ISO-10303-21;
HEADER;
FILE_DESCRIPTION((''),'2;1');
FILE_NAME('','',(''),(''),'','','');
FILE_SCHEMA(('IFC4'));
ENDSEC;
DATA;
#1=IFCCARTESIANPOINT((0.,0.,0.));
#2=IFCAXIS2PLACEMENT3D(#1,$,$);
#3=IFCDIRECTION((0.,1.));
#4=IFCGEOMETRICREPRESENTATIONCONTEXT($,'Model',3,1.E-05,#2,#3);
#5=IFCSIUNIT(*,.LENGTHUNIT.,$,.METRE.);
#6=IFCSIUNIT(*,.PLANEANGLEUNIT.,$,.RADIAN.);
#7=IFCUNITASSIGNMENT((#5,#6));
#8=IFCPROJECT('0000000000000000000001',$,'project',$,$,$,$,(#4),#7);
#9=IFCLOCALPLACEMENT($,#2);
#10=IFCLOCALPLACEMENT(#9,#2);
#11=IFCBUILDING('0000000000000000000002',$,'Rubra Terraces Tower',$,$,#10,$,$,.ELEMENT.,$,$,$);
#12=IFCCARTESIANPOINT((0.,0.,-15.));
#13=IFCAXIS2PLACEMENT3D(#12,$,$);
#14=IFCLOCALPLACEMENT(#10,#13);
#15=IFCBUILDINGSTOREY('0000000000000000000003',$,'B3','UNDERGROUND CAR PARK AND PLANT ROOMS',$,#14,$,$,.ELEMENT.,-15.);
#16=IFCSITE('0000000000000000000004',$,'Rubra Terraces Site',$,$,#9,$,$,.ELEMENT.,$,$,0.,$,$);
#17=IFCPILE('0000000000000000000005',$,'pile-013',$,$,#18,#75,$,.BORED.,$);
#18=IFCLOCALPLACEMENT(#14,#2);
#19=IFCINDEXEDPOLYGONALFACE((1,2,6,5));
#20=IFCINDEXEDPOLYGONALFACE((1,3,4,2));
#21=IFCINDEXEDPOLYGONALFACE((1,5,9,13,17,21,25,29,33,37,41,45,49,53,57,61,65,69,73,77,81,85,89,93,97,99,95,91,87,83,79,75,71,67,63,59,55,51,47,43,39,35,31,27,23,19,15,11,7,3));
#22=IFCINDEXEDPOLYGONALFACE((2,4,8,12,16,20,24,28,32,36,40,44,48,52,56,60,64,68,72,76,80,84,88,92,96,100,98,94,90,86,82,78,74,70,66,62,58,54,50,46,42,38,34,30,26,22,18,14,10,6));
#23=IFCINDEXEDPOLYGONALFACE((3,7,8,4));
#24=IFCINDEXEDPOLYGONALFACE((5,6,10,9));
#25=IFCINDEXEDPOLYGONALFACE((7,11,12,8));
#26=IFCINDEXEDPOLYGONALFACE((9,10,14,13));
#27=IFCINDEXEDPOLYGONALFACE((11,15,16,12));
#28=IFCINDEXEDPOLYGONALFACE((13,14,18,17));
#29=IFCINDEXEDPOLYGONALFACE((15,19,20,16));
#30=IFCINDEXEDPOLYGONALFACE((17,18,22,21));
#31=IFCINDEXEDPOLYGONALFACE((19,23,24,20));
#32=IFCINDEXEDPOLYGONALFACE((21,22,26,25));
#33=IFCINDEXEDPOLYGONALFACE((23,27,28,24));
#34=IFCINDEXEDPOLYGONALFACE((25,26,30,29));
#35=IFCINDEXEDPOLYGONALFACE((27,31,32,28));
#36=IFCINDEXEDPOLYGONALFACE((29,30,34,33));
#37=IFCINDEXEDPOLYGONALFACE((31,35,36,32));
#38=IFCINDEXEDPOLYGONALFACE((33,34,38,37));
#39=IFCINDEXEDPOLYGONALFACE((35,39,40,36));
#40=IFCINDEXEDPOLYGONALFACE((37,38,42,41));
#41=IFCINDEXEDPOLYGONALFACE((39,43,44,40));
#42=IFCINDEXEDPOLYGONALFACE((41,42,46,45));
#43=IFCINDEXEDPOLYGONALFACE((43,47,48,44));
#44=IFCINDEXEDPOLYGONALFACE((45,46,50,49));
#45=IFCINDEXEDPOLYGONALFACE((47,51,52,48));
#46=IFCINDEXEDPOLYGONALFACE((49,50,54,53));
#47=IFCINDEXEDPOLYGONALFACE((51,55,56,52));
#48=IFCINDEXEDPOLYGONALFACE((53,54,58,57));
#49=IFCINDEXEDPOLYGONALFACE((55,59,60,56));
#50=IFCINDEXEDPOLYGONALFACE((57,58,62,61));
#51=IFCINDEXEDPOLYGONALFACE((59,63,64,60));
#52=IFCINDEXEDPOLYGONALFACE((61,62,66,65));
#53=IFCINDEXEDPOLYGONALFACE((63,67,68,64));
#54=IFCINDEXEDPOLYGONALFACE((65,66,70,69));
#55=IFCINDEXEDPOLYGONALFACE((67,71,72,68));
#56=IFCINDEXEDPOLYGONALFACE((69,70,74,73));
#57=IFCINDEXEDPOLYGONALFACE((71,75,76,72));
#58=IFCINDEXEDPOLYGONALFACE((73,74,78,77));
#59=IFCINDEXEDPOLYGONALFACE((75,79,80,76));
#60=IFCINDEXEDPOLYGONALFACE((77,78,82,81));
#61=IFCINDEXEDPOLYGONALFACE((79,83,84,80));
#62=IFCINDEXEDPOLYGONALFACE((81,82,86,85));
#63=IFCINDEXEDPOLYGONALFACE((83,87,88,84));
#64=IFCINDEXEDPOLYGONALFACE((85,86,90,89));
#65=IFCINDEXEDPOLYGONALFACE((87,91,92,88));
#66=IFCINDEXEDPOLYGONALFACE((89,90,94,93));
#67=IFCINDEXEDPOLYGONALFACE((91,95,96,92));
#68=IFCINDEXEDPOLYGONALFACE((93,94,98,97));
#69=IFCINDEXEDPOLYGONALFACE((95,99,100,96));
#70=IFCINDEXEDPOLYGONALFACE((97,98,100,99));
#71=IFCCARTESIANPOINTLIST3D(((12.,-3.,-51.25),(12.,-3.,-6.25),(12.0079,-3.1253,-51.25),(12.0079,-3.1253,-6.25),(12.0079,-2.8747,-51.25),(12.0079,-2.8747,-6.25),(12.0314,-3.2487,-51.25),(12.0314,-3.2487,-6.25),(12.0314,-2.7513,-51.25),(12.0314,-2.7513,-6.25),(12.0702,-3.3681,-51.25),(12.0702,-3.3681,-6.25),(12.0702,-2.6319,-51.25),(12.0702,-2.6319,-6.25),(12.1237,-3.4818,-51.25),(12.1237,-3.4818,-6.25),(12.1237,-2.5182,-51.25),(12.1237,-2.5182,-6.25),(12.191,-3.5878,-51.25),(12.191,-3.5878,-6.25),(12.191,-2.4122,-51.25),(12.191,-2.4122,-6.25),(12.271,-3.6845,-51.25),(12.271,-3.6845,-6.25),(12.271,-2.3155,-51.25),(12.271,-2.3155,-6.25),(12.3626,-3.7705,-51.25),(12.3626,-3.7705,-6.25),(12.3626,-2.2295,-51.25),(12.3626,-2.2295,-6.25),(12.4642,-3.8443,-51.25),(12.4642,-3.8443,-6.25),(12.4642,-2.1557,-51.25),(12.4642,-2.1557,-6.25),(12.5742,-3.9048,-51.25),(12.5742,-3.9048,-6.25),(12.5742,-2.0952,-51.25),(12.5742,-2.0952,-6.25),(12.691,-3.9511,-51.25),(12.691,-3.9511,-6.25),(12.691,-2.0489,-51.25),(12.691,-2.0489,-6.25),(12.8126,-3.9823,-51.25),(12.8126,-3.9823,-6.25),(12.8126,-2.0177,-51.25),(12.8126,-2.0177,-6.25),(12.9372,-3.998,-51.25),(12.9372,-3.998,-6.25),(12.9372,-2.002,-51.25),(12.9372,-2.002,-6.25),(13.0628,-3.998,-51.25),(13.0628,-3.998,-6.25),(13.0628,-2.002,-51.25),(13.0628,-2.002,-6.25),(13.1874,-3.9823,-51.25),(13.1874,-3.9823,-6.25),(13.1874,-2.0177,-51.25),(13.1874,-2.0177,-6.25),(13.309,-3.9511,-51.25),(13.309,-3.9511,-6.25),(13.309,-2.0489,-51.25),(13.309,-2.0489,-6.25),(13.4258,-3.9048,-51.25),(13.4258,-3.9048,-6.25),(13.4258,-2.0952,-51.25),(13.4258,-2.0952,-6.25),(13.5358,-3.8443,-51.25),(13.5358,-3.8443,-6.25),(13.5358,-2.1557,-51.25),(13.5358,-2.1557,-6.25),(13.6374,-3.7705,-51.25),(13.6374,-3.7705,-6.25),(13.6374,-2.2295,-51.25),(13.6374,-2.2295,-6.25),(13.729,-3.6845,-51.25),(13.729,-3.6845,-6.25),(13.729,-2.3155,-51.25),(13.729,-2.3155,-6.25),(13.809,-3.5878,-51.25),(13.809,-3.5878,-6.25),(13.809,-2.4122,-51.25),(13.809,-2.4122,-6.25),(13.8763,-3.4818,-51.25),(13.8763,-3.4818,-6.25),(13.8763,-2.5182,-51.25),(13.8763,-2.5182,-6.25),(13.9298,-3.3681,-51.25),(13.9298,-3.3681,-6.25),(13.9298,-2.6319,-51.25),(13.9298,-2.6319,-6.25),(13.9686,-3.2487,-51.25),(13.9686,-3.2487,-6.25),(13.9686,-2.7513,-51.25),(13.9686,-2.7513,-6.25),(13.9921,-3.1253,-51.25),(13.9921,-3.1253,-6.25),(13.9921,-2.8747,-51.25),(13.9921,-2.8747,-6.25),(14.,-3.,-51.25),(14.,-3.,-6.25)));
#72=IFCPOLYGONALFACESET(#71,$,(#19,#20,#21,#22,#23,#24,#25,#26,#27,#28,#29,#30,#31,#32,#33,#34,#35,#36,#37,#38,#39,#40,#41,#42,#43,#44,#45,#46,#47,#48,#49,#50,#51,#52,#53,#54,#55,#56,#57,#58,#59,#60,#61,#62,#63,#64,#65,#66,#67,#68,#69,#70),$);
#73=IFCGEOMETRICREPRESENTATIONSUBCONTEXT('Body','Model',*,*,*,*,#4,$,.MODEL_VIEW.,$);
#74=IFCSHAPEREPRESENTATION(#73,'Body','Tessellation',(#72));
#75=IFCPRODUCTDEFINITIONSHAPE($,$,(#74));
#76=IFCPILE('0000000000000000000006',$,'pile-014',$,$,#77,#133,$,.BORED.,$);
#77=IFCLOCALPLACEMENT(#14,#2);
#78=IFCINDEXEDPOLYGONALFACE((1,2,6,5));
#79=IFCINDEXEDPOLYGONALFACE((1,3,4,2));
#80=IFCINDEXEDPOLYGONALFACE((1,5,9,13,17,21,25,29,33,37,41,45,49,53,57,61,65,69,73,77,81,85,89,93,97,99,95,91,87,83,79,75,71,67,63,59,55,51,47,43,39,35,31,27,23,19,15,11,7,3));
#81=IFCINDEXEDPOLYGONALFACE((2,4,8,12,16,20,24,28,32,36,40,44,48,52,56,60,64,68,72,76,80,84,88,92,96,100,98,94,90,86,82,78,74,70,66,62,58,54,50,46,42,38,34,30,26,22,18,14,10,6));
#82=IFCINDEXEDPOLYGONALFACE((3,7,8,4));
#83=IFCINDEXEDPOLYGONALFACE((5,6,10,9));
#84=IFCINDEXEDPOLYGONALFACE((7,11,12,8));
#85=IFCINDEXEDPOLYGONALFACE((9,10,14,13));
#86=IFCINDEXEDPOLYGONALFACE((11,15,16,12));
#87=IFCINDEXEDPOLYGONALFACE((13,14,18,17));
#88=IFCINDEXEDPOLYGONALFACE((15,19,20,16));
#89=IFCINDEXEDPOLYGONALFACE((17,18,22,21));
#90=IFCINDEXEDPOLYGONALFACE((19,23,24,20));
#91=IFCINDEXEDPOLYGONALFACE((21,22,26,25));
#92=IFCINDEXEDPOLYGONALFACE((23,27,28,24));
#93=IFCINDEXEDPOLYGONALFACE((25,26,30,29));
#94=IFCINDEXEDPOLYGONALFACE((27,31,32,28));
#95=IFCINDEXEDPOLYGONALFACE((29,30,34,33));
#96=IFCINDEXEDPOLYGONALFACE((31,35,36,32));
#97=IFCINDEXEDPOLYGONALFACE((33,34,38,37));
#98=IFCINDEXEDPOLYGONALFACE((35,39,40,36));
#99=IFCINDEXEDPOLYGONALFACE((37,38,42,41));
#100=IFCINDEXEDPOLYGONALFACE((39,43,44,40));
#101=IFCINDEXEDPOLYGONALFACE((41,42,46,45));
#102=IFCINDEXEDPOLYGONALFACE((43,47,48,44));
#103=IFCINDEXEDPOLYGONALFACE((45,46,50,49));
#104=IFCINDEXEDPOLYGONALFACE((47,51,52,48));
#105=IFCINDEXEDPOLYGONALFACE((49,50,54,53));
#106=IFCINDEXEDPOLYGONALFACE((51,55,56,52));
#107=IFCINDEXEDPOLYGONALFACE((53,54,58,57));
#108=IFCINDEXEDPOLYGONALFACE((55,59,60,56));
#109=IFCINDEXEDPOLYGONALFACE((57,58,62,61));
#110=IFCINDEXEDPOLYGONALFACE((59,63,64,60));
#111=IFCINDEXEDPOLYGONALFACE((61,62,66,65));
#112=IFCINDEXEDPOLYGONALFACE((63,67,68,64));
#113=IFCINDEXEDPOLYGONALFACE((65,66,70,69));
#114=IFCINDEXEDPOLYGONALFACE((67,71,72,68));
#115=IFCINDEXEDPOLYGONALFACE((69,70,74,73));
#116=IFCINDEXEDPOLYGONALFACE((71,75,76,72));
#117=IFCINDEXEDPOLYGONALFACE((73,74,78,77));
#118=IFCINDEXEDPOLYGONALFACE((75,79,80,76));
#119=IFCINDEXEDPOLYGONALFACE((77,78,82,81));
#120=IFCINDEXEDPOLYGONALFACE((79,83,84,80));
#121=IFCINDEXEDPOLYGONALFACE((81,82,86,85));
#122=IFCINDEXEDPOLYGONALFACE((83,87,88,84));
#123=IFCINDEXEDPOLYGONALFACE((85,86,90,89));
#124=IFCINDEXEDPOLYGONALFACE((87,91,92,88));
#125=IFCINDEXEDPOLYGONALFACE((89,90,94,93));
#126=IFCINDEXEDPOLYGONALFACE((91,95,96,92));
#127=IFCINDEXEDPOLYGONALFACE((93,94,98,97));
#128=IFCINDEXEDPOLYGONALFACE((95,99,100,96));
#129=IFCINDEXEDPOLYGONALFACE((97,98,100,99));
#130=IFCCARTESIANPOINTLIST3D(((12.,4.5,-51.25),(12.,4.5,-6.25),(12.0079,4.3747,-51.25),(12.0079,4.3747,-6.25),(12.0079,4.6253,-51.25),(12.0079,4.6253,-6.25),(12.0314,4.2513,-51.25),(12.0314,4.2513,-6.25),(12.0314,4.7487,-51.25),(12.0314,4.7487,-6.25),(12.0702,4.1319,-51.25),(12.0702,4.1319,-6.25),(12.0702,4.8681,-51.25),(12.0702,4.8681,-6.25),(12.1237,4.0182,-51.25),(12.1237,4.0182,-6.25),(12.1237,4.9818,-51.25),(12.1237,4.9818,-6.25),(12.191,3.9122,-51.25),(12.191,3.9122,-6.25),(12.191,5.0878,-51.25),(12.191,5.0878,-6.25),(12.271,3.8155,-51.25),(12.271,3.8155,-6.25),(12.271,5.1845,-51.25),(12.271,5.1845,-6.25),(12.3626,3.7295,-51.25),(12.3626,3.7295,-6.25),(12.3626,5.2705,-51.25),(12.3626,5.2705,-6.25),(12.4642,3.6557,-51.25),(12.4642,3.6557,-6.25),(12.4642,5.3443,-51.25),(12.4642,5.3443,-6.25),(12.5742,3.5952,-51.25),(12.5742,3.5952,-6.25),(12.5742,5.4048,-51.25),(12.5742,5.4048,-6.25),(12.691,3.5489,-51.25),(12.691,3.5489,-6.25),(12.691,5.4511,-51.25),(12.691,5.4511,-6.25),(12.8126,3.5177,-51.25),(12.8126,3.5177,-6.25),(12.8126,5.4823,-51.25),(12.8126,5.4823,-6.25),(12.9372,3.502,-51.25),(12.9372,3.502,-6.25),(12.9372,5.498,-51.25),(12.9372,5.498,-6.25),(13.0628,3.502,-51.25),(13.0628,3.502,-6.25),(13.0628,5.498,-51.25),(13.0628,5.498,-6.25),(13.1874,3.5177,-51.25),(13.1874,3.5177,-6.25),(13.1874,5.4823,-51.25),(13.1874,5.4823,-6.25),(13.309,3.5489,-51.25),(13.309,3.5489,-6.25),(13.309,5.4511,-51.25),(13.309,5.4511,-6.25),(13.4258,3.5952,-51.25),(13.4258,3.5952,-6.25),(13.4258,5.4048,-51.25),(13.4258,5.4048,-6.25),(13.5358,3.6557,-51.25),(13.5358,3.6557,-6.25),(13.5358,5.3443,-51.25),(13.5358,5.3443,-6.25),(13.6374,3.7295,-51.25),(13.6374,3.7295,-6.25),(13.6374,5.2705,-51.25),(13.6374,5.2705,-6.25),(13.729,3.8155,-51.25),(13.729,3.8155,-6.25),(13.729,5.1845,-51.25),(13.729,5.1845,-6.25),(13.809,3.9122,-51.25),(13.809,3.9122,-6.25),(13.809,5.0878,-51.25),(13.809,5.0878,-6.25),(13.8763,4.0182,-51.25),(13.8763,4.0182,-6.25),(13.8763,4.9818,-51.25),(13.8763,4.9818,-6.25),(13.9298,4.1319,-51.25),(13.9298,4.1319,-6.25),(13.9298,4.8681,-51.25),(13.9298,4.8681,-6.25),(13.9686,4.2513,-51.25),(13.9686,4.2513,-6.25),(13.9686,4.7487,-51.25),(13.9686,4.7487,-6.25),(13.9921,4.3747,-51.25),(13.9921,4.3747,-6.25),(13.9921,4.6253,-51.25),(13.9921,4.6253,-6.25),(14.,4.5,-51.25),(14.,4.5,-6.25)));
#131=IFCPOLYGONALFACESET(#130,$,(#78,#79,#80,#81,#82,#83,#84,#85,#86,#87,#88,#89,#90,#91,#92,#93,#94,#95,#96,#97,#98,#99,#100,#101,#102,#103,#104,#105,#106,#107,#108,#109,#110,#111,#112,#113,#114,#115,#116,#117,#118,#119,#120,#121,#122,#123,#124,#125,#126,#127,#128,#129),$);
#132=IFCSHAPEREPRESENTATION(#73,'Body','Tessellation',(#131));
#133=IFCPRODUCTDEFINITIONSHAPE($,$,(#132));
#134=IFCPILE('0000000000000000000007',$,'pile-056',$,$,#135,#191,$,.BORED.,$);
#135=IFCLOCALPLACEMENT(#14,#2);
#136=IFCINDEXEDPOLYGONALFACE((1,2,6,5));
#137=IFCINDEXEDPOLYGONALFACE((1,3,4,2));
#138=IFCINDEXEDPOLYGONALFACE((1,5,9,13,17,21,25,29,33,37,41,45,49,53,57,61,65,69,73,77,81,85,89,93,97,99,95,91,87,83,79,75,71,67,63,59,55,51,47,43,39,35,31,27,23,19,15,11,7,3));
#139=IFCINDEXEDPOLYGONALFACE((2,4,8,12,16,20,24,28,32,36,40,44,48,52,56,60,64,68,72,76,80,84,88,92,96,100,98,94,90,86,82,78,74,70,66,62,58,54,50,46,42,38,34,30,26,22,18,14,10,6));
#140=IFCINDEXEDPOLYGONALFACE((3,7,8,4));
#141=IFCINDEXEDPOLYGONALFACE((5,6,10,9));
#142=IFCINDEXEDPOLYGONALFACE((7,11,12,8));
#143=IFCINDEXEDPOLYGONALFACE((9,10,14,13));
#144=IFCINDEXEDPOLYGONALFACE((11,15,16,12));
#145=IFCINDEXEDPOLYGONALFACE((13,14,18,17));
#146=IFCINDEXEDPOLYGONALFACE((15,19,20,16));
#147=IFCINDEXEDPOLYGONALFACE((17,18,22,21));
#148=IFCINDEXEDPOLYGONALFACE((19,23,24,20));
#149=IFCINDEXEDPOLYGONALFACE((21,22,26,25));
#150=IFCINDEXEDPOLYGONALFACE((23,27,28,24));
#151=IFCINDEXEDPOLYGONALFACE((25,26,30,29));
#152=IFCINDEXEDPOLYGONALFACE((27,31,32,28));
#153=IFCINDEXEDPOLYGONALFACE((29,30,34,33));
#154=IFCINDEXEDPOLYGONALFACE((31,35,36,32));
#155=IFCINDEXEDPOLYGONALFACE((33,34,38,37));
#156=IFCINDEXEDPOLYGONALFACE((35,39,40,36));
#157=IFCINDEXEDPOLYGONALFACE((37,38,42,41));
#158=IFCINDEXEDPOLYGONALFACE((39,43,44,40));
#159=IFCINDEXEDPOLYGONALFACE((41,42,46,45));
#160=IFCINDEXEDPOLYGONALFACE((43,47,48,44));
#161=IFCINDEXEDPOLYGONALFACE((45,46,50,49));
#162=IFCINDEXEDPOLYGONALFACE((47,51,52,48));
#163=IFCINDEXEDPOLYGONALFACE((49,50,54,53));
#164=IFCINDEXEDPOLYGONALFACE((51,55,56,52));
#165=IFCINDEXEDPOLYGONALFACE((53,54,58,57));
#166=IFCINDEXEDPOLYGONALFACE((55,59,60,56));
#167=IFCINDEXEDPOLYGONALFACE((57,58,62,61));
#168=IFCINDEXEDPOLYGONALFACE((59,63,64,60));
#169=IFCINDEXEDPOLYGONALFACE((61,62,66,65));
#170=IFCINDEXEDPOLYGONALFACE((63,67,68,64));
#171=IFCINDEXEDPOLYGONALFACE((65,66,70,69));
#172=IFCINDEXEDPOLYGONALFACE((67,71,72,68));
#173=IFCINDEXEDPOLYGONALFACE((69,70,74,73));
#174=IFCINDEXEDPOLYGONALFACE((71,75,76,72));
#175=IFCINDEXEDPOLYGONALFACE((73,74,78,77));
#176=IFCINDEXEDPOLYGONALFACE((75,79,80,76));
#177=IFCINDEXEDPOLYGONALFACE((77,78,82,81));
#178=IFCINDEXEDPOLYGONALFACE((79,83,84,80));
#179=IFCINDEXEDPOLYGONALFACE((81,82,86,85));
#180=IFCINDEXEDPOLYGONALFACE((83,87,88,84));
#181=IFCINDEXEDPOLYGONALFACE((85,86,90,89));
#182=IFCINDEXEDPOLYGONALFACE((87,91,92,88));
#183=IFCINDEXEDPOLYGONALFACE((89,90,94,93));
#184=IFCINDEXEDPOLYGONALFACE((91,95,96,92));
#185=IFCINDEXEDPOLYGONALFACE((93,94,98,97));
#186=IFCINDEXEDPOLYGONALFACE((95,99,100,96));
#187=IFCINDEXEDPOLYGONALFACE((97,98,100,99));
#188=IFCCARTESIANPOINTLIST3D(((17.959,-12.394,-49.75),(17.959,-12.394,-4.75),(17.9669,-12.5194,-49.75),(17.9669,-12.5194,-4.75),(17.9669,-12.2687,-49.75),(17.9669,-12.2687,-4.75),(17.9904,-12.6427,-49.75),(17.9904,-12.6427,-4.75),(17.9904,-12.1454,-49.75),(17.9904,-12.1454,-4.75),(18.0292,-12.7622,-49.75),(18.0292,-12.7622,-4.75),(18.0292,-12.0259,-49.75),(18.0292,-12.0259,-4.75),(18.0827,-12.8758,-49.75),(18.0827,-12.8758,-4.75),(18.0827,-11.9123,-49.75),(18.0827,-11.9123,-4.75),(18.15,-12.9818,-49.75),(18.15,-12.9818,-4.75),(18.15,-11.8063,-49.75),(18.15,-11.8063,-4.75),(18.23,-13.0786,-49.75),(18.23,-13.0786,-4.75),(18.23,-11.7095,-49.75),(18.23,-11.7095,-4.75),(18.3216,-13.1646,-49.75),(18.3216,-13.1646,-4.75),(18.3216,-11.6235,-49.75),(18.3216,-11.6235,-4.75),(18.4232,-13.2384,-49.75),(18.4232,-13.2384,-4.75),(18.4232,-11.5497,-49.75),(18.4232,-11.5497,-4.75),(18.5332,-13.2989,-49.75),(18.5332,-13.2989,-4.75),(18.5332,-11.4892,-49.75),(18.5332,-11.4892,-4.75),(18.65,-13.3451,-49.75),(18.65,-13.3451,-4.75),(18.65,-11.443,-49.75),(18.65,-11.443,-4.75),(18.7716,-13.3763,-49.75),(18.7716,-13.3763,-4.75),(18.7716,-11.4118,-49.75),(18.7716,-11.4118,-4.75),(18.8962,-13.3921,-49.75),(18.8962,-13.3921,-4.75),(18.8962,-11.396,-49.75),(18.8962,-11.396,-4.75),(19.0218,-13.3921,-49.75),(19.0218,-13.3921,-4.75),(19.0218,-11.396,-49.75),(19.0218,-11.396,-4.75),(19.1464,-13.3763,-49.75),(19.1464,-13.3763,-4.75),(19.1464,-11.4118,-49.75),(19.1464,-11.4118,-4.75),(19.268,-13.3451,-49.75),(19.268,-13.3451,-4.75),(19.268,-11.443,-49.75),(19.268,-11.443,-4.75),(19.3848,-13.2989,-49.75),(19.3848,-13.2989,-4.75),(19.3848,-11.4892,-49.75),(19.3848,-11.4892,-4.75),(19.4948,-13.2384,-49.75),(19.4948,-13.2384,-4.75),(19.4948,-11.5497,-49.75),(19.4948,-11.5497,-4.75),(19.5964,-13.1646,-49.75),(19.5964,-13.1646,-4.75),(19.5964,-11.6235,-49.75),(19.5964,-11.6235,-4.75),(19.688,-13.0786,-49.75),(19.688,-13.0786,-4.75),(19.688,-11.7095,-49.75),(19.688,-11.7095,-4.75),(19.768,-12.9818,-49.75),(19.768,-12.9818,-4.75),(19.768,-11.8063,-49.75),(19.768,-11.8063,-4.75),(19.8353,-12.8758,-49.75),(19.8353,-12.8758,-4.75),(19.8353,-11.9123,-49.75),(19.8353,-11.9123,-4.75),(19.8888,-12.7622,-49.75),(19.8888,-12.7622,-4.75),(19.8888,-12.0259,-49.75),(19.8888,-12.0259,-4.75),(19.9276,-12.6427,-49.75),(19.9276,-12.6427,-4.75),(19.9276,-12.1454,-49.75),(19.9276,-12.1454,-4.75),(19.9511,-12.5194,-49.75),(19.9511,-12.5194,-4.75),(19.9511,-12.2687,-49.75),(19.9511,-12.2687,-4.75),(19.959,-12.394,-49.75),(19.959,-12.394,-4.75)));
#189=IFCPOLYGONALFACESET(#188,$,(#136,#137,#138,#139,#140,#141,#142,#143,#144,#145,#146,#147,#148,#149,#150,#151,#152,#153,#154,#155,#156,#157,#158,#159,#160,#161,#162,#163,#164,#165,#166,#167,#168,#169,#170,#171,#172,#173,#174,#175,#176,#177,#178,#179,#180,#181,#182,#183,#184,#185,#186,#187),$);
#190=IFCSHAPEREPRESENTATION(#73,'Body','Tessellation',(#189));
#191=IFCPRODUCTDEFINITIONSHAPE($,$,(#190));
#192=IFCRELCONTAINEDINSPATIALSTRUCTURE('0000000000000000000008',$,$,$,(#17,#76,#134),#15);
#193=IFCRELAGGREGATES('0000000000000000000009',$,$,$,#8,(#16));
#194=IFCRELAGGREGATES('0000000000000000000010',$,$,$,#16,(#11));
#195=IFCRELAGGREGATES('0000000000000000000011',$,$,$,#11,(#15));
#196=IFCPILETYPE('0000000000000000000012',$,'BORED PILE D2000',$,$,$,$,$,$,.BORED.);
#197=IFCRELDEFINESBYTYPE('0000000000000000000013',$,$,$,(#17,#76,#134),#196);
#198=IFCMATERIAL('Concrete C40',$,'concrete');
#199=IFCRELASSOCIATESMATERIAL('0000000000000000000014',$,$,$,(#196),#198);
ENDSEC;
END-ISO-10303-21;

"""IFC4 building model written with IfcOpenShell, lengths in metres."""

from ifc_helpers import new_model, si_unit, direction, frame, origin, origin_2d, place, context, subcontext, project, spatial, circle, extrude, material, material_profile, profile_set, type_object, element, save


model = new_model("IFC4")

# Units and contexts
model_context = context("Model", 3, precision=1e-05, world=origin(), true_north=direction((0.0, 1.0)))
body_context = subcontext(model_context, "Body", "Model", "MODEL_VIEW")
ifc_project = project(units=[si_unit("LENGTHUNIT", "METRE"), si_unit("PLANEANGLEUNIT", "RADIAN")], contexts=[model_context])

# Site, building, storey
site_placement = place(None, origin())
site = spatial("IfcSite", under=ifc_project, at=site_placement, Name="Rubra Terraces Site", CompositionType="ELEMENT", RefElevation=0.0)
building_placement = place(site_placement, origin())
building = spatial("IfcBuilding", under=site, at=building_placement, Name="Rubra Terraces Tower", CompositionType="ELEMENT")
storey_placement = place(building_placement, frame((0.0, 0.0, -15.0)))
storey = spatial("IfcBuildingStorey", under=building, at=storey_placement, Name="B3", Description="UNDERGROUND CAR PARK AND PLANT ROOMS", CompositionType="ELEMENT", Elevation=-15.0)

# Piles
ifc_material_1 = material(Name="Concrete C40", Category="concrete")
ifc_material_profile_1 = material_profile(ifc_material_1, circle(Radius=1.0, at=origin_2d()), Name="BORED PILE D2000")
ifc_profile_set_1 = profile_set([ifc_material_profile_1], Name="Concrete C40")
pile_type = type_object("IfcPileType", Name="BORED PILE D2000", PredefinedType="BORED", material=ifc_profile_set_1)
for number, where, z_axis, x_axis, name in (
    (1, (13.0, -3.0, -6.25), (0.0, 0.0, -1.0), (1.0, 0.0, 0.0), "pile-013"),
    (2, (13.0, 4.5, -6.25), (0.0, 0.0, -1.0), (1.0, 0.0, 0.0), "pile-014"),
    (3, (18.959, -12.394, -4.75), (0.0, 0.0, -1.0), (1.0, 0.0, 0.0), "pile-056"),
):
    element("IfcPile", number, at=place(storey_placement, frame(where, z_axis=z_axis, x_axis=x_axis)), inside=storey, type_object=pile_type, Name=name, PredefinedType="BORED", context=body_context, shape_type="SweptSolid", body=[
        extrude(circle(Radius=1.0, at=origin_2d()), origin(), (0.0, 0.0, 1.0), 45.0),
    ])

save(model, "model.ifc")
